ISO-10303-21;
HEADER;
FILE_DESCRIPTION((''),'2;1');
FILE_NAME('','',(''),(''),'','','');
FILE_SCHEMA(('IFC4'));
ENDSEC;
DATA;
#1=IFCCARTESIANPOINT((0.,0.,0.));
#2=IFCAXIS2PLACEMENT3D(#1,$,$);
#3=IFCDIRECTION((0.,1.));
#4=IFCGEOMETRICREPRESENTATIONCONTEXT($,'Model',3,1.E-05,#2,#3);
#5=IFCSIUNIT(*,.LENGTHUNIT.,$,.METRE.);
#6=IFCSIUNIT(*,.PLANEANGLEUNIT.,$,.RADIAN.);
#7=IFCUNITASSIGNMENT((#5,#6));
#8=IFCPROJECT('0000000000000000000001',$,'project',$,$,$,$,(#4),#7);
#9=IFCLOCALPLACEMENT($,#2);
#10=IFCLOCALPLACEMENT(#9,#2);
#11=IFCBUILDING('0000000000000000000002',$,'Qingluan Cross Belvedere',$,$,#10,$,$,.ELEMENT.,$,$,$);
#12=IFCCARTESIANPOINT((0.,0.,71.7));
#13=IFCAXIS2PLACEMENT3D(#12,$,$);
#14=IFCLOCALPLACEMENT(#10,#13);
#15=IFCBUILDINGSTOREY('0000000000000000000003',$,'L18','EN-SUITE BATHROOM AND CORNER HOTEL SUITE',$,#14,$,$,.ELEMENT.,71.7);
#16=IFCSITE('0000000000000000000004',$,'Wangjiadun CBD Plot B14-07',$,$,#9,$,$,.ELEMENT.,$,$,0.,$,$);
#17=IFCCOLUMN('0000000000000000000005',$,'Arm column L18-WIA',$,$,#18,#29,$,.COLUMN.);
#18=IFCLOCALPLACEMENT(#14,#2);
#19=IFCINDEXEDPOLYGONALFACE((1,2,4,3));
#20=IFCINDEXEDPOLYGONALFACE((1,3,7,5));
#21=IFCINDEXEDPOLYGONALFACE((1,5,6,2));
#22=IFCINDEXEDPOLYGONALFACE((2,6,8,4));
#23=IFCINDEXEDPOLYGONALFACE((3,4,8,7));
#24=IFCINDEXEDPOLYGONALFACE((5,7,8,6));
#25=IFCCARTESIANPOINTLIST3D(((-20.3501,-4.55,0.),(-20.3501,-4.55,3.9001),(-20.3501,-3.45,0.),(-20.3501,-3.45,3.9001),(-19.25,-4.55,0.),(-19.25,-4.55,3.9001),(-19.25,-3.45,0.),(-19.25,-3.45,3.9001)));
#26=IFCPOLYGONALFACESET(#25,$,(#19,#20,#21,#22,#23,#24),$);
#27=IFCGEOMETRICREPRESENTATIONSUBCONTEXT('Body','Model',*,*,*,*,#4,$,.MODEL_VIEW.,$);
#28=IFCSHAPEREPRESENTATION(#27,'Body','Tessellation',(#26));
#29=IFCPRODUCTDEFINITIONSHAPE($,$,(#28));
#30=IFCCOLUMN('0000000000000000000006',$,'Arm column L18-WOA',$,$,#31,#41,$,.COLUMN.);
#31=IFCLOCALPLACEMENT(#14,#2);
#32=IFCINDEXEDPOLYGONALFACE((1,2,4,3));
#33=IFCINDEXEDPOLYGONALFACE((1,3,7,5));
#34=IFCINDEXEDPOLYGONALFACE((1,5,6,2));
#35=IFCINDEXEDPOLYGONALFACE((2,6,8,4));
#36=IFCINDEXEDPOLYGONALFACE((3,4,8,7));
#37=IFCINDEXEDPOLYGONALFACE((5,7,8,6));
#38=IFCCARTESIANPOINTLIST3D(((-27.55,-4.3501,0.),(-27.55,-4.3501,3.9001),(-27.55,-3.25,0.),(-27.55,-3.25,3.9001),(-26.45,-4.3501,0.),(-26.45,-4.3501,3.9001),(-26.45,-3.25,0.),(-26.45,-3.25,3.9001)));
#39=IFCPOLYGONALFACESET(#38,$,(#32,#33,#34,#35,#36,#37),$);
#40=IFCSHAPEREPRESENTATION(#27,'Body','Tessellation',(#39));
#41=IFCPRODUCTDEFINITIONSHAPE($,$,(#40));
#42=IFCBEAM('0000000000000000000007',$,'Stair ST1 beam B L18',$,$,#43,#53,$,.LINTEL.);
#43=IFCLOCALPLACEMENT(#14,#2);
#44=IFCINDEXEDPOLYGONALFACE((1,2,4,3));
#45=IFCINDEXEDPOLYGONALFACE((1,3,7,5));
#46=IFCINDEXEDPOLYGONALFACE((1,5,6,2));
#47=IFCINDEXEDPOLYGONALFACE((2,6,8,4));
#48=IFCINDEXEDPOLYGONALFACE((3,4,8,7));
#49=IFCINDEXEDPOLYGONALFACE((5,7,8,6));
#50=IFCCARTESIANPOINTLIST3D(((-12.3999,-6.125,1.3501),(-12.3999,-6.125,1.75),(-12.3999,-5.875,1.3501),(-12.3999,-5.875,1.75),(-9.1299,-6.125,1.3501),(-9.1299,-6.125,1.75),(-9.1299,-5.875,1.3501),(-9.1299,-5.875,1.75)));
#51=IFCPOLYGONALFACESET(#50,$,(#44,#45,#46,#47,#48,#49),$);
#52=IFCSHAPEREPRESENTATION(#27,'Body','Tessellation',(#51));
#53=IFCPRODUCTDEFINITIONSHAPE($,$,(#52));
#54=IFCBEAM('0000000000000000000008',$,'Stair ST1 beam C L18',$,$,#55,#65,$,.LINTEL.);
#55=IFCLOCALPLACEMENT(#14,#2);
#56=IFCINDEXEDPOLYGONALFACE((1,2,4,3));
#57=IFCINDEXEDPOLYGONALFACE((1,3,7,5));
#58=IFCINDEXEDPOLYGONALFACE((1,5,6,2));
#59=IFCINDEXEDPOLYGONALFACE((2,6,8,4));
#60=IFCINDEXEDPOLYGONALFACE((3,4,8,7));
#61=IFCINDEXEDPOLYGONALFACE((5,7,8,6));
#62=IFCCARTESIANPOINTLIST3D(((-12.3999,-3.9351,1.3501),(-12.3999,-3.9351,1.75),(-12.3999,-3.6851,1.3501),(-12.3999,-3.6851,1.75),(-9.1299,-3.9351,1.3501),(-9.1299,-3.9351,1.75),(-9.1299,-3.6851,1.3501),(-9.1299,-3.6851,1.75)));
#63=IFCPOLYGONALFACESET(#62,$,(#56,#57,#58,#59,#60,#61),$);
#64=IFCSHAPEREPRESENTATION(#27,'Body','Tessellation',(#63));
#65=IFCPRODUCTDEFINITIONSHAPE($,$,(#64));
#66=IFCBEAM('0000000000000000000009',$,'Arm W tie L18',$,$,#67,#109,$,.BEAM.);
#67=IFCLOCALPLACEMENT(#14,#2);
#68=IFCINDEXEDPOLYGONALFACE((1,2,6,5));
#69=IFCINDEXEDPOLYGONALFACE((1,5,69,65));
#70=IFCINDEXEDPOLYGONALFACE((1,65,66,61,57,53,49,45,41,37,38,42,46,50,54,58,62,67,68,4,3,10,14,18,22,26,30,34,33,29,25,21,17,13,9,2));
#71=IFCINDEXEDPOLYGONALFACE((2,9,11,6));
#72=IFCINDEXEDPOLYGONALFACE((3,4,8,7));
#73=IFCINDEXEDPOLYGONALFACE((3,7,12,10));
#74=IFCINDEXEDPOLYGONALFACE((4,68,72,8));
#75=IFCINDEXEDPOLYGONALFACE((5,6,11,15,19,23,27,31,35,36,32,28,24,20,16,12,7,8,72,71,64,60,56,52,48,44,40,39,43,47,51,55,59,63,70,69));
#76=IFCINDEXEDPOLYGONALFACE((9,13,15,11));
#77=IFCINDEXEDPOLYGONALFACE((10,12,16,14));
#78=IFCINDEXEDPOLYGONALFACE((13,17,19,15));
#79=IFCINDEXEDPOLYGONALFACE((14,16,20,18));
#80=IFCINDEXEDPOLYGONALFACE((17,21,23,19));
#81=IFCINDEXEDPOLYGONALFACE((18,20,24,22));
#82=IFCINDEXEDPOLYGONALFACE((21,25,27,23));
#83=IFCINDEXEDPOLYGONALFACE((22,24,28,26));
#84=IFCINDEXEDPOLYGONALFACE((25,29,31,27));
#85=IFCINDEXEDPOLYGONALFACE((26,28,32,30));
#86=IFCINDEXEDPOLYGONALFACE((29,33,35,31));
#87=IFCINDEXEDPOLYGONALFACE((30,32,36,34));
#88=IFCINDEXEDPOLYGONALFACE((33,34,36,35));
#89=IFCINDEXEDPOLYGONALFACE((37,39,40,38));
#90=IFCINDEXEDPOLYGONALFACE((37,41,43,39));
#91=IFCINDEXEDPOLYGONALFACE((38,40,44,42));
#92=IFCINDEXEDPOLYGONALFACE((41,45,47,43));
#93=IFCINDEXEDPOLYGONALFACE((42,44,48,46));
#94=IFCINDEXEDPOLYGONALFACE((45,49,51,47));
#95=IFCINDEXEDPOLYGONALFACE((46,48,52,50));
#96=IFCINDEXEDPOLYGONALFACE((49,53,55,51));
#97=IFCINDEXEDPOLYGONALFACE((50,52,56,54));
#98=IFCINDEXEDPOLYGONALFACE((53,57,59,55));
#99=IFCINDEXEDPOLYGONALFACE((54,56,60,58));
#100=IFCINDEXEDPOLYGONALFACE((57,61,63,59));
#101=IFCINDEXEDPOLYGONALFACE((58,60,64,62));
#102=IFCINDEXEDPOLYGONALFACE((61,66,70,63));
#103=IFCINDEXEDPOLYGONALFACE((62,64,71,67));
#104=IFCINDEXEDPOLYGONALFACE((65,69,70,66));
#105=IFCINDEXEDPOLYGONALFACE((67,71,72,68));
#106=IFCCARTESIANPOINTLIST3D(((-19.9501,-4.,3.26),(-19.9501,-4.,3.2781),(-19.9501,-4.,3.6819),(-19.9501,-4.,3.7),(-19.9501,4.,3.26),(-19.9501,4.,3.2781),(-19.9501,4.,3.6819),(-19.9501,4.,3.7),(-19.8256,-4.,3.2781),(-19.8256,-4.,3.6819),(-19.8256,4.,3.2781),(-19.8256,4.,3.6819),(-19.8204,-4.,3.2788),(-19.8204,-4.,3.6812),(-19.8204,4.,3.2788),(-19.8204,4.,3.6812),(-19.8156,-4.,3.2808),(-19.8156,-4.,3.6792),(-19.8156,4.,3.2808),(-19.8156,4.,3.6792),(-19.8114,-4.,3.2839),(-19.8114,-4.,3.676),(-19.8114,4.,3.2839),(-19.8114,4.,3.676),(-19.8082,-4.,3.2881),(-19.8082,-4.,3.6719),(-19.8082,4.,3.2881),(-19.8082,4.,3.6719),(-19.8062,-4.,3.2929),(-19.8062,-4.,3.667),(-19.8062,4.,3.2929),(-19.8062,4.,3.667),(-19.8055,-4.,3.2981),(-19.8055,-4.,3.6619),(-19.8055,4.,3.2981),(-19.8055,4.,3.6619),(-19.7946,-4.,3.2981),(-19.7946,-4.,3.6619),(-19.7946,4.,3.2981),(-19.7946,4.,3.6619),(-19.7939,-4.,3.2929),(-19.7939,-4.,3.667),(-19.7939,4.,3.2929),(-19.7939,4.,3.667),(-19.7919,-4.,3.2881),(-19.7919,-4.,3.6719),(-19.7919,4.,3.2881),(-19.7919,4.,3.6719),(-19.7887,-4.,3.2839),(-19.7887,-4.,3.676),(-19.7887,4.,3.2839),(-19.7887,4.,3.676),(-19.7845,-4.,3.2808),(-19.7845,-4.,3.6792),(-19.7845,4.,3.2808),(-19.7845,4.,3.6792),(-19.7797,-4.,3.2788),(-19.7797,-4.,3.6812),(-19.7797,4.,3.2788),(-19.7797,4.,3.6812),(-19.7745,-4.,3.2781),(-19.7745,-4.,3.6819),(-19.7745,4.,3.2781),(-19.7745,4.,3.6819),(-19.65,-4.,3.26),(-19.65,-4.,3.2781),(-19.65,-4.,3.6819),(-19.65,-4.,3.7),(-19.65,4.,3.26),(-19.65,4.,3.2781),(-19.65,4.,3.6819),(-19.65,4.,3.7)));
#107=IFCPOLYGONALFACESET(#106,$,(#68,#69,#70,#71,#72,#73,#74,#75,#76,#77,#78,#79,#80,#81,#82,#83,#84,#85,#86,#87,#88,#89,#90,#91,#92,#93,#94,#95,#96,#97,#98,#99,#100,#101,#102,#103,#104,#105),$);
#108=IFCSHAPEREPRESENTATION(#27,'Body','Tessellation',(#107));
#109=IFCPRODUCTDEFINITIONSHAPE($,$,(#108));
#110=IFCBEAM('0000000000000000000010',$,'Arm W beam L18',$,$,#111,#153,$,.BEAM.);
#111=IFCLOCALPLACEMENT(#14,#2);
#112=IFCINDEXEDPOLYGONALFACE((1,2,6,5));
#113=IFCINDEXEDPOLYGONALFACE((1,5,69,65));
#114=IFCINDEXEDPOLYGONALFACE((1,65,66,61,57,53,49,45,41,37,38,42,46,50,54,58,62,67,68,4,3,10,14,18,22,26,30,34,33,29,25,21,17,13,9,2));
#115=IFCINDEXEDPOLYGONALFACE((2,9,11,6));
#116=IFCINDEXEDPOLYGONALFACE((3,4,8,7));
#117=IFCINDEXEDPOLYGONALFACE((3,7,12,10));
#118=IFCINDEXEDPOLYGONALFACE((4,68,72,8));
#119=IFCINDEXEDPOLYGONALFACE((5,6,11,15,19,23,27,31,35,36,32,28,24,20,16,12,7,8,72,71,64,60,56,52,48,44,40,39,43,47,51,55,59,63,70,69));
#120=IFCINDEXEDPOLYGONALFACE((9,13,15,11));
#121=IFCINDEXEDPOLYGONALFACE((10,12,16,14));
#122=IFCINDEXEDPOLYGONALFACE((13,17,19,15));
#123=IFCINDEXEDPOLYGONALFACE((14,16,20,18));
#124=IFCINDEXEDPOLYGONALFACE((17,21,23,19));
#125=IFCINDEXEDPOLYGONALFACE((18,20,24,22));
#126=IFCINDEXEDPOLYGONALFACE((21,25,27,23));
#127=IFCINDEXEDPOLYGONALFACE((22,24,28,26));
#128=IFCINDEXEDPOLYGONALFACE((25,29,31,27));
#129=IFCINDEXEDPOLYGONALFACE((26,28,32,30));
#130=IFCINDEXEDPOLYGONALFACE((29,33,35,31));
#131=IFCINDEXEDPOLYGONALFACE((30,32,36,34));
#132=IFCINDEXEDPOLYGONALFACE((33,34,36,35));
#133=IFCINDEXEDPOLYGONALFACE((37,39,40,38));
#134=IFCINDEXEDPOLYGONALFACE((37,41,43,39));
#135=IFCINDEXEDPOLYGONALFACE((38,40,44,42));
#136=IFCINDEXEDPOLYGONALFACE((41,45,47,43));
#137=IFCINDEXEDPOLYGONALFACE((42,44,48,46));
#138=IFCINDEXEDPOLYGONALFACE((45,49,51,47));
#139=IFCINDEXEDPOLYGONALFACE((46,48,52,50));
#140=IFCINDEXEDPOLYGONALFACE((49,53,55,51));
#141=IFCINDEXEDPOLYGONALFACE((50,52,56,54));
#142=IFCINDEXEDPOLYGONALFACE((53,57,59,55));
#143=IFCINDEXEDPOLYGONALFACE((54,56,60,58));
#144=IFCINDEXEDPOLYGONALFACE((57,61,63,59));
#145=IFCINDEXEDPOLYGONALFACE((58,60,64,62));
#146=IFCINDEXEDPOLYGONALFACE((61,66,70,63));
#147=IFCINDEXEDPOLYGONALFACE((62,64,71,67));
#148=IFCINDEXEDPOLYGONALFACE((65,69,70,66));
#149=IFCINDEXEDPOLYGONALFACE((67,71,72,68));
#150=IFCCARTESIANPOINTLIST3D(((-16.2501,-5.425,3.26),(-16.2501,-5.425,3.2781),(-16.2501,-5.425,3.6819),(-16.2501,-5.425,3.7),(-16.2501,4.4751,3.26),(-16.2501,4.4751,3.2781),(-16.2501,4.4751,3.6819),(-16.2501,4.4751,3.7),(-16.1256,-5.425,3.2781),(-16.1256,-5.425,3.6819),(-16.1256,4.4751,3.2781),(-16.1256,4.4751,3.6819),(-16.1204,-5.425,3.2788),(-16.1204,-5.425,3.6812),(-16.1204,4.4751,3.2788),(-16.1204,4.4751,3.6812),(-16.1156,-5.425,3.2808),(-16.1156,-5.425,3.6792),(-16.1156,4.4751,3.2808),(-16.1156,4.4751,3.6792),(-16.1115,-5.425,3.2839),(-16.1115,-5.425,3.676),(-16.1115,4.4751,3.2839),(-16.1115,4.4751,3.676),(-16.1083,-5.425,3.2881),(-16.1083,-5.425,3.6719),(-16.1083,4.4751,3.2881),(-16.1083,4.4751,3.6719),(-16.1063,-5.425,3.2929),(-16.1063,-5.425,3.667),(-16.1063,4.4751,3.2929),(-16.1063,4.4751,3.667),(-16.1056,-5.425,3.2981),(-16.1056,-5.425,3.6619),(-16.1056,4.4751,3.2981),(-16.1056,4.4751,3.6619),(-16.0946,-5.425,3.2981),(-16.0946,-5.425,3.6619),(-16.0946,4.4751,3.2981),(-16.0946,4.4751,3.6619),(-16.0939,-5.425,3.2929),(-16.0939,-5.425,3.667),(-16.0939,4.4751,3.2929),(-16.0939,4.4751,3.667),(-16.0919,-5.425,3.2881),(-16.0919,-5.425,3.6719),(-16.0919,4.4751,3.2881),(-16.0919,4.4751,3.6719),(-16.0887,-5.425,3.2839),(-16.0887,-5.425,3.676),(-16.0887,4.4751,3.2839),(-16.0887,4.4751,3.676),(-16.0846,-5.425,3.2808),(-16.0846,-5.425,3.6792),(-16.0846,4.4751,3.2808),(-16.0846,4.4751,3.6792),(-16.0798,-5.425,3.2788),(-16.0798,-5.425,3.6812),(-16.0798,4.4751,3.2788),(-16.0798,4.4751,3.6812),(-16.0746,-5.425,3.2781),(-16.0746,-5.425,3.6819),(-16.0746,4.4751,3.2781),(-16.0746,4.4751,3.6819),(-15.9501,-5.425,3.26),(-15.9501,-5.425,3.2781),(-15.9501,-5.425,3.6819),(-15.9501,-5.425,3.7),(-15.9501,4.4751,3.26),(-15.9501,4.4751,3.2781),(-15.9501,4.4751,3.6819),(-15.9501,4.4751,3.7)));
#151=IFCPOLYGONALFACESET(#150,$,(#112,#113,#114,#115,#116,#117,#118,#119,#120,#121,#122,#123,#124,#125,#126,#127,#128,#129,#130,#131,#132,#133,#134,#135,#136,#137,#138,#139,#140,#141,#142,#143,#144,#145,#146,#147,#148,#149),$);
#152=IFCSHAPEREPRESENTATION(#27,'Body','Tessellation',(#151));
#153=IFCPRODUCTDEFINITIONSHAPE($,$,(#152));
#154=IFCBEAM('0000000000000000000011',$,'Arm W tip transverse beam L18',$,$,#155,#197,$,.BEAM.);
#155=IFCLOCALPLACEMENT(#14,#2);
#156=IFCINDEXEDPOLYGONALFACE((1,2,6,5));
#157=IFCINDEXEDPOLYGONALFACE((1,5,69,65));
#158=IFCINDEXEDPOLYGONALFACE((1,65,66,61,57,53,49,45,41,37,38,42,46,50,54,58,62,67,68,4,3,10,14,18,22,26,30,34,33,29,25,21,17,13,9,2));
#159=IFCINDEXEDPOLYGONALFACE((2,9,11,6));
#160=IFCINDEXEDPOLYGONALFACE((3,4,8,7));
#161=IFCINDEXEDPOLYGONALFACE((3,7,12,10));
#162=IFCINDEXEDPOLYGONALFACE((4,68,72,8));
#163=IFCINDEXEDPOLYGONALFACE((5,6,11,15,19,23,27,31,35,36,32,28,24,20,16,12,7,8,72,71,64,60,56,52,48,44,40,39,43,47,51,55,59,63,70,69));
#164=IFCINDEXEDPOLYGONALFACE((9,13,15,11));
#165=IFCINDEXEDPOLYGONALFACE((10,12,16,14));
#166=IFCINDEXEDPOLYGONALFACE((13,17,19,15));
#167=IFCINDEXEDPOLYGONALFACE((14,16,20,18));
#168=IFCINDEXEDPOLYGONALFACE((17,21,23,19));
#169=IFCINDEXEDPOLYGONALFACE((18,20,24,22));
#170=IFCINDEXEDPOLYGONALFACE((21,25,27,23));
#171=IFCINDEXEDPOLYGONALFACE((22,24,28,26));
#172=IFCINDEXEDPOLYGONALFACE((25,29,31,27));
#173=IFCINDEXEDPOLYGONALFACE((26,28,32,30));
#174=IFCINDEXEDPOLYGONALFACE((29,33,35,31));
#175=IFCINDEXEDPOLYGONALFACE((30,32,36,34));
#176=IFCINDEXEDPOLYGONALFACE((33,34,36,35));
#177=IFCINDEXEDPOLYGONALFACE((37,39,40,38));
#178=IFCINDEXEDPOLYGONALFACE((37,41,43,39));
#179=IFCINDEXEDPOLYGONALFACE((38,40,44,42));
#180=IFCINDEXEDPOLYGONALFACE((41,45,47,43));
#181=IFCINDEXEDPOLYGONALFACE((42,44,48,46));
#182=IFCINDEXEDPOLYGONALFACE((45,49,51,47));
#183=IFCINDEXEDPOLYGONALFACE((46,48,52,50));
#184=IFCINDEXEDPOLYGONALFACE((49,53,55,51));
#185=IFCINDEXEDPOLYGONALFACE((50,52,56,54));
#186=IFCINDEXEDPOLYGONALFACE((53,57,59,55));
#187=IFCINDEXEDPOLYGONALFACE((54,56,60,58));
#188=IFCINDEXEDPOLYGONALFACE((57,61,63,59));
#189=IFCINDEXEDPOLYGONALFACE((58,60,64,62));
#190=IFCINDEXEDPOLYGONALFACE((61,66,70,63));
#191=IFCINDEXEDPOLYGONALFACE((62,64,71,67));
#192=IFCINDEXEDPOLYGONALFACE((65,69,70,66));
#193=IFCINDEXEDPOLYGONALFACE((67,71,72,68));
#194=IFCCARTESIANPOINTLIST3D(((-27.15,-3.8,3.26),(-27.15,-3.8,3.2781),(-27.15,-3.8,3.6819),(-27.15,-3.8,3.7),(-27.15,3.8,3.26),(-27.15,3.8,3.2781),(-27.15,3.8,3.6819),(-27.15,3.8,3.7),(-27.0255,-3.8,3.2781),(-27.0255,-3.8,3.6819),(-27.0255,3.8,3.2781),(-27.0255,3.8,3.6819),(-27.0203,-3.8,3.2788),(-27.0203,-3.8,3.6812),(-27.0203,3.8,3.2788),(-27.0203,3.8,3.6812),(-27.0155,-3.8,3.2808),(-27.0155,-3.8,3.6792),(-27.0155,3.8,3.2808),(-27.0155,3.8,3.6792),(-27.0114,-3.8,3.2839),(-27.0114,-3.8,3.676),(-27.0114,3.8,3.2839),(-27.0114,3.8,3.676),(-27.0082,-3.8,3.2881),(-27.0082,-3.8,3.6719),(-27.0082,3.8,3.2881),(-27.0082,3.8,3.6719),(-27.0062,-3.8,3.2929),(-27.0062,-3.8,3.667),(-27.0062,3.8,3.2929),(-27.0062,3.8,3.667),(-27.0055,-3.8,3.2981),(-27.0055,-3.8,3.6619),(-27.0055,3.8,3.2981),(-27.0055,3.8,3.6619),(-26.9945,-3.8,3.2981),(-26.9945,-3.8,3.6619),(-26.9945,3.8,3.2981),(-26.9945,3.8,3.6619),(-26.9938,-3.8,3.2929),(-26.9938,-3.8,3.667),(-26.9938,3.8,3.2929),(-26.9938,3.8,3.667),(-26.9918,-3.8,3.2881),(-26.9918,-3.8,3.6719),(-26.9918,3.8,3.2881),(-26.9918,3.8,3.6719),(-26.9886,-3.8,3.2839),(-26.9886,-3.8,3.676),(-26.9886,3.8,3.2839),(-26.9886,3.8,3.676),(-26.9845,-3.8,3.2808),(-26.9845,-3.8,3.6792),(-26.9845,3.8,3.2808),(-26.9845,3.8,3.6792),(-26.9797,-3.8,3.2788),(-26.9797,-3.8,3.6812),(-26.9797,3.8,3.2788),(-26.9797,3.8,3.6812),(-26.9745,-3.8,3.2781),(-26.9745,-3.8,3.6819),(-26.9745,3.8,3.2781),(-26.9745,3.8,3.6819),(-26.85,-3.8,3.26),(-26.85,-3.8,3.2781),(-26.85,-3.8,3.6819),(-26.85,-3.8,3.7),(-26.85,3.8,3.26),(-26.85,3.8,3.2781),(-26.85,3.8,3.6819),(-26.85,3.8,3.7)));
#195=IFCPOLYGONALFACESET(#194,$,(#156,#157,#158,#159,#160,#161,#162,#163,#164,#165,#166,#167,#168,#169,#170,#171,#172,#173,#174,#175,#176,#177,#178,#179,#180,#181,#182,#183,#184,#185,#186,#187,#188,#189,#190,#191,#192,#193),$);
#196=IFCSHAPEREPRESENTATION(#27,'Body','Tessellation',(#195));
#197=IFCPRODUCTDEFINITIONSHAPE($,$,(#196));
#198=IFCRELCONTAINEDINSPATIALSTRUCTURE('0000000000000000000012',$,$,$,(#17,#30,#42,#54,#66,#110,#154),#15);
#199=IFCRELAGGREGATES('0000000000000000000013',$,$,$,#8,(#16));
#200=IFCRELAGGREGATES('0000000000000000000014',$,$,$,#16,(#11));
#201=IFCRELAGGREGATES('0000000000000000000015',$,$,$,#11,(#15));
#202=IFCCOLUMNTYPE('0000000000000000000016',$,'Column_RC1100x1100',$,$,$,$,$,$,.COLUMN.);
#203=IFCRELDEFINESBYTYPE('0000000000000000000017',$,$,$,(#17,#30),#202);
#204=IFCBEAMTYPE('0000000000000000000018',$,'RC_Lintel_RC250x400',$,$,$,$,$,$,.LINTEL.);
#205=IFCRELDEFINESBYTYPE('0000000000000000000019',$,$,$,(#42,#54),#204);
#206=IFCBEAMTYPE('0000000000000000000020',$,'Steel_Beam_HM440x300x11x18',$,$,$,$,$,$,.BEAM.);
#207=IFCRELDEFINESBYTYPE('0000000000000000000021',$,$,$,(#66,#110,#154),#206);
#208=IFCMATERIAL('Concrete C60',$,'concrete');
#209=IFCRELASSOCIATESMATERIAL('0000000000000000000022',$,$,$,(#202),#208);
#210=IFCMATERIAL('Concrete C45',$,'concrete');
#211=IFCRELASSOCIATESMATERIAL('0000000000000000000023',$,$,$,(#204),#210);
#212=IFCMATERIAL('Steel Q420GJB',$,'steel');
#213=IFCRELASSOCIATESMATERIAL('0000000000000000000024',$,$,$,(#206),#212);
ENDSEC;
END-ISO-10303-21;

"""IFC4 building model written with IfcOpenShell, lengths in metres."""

from ifc_helpers import new_model, si_unit, direction, frame, origin, origin_2d, place, context, subcontext, project, spatial, rectangle, i_section, extrude, material, material_profile, profile_set, type_object, element, save


model = new_model("IFC4")

# Units and contexts
model_context = context("Model", 3, precision=1e-05, world=origin(), true_north=direction((0.0, 1.0)))
body_context = subcontext(model_context, "Body", "Model", "MODEL_VIEW")
ifc_project = project(units=[si_unit("LENGTHUNIT", "METRE"), si_unit("PLANEANGLEUNIT", "RADIAN")], contexts=[model_context])

# Site, building, storey
site_placement = place(None, origin())
site = spatial("IfcSite", under=ifc_project, at=site_placement, Name="Wangjiadun CBD Plot B14-07", CompositionType="ELEMENT", RefElevation=0.0)
building_placement = place(site_placement, origin())
building = spatial("IfcBuilding", under=site, at=building_placement, Name="Qingluan Cross Belvedere", CompositionType="ELEMENT")
storey_placement = place(building_placement, frame((0.0, 0.0, 71.7)))
storey = spatial("IfcBuildingStorey", under=building, at=storey_placement, Name="L18", Description="EN-SUITE BATHROOM AND CORNER HOTEL SUITE", CompositionType="ELEMENT", Elevation=71.7)

# Columns
ifc_material_1 = material(Name="Concrete C60", Category="concrete")
ifc_material_profile_1 = material_profile(ifc_material_1, rectangle(XDim=1.1001, YDim=1.1001, at=origin_2d()), Name="RC1100x1100")
ifc_profile_set_1 = profile_set([ifc_material_profile_1], Name="Concrete C60")
column_type = type_object("IfcColumnType", Name="Column_RC1100x1100", PredefinedType="COLUMN", material=ifc_profile_set_1)
for number, where, z_axis, x_axis, name in (
    (1, (-19.8, -4.0, 0.0), (0.0, 0.0, 1.0), (1.0, 0.0, 0.0), "Arm column L18-WIA"),
    (2, (-27.0, -3.8, 0.0), (0.0, 0.0, 1.0), (1.0, 0.0, 0.0), "Arm column L18-WOA"),
):
    element("IfcColumn", number, at=place(storey_placement, frame(where, z_axis=z_axis, x_axis=x_axis)), inside=storey, type_object=column_type, Name=name, PredefinedType="COLUMN", context=body_context, shape_type="SweptSolid", body=[
        extrude(rectangle(XDim=1.1001, YDim=1.1001, at=origin_2d()), origin(), (0.0, 0.0, 1.0), 3.9001),
    ])

# Beams
ifc_material_2 = material(Name="Concrete C45", Category="concrete")
ifc_material_profile_2 = material_profile(ifc_material_2, rectangle(XDim=0.25, YDim=0.3999, at=origin_2d()), Name="RC250x400")
ifc_profile_set_2 = profile_set([ifc_material_profile_2], Name="Concrete C45")
beam_type_1 = type_object("IfcBeamType", Name="RC_Lintel_RC250x400", PredefinedType="LINTEL", material=ifc_profile_set_2)
for number, where, z_axis, x_axis, name in (
    (3, (-12.3999, -6.0, 1.55), (1.0, 0.0, 0.0), (0.0, 1.0, 0.0), "Stair ST1 beam B L18"),
    (4, (-12.3999, -3.8101, 1.55), (1.0, 0.0, 0.0), (0.0, 1.0, 0.0), "Stair ST1 beam C L18"),
):
    element("IfcBeam", number, at=place(storey_placement, frame(where, z_axis=z_axis, x_axis=x_axis)), inside=storey, type_object=beam_type_1, Name=name, PredefinedType="LINTEL", context=body_context, shape_type="SweptSolid", body=[
        extrude(rectangle(XDim=0.25, YDim=0.3999, at=origin_2d()), origin(), (0.0, 0.0, 1.0), 3.27),
    ])
ifc_material_3 = material(Name="Steel Q420GJB", Category="steel")
ifc_material_profile_3 = material_profile(ifc_material_3, i_section(OverallWidth=0.3, OverallDepth=0.4399, WebThickness=0.011, FlangeThickness=0.0181, FilletRadius=0.02, at=origin_2d()), Name="HM440x300x11x18")
ifc_profile_set_3 = profile_set([ifc_material_profile_3], Name="Steel Q420GJB")
beam_type_2 = type_object("IfcBeamType", Name="Steel_Beam_HM440x300x11x18", PredefinedType="BEAM", material=ifc_profile_set_3)
beam_1_placement = place(storey_placement, frame((-19.8, -4.0, 3.48), z_axis=(0.0, 1.0, 0.0), x_axis=(-1.0, 0.0, 0.0)))
element("IfcBeam", 5, at=beam_1_placement, inside=storey, type_object=beam_type_2, Name="Arm W tie L18", PredefinedType="BEAM", context=body_context, shape_type="SweptSolid", body=[
    extrude(i_section(OverallWidth=0.3, OverallDepth=0.4399, WebThickness=0.011, FlangeThickness=0.0181, FilletRadius=0.02, at=origin_2d()), origin(), (0.0, 0.0, 1.0), 8.0),
])
beam_2_placement = place(storey_placement, frame((-16.1001, -5.425, 3.48), z_axis=(0.0, 1.0, 0.0), x_axis=(-1.0, 0.0, 0.0)))
element("IfcBeam", 6, at=beam_2_placement, inside=storey, type_object=beam_type_2, Name="Arm W beam L18", PredefinedType="BEAM", context=body_context, shape_type="SweptSolid", body=[
    extrude(i_section(OverallWidth=0.3, OverallDepth=0.4399, WebThickness=0.011, FlangeThickness=0.0181, FilletRadius=0.02, at=origin_2d()), origin(), (0.0, 0.0, 1.0), 9.9001),
])
beam_3_placement = place(storey_placement, frame((-27.0, -3.8, 3.48), z_axis=(0.0, 1.0, 0.0), x_axis=(-1.0, 0.0, 0.0)))
element("IfcBeam", 7, at=beam_3_placement, inside=storey, type_object=beam_type_2, Name="Arm W tip transverse beam L18", PredefinedType="BEAM", context=body_context, shape_type="SweptSolid", body=[
    extrude(i_section(OverallWidth=0.3, OverallDepth=0.4399, WebThickness=0.011, FlangeThickness=0.0181, FilletRadius=0.02, at=origin_2d()), origin(), (0.0, 0.0, 1.0), 7.6001),
])

save(model, "model.ifc")
